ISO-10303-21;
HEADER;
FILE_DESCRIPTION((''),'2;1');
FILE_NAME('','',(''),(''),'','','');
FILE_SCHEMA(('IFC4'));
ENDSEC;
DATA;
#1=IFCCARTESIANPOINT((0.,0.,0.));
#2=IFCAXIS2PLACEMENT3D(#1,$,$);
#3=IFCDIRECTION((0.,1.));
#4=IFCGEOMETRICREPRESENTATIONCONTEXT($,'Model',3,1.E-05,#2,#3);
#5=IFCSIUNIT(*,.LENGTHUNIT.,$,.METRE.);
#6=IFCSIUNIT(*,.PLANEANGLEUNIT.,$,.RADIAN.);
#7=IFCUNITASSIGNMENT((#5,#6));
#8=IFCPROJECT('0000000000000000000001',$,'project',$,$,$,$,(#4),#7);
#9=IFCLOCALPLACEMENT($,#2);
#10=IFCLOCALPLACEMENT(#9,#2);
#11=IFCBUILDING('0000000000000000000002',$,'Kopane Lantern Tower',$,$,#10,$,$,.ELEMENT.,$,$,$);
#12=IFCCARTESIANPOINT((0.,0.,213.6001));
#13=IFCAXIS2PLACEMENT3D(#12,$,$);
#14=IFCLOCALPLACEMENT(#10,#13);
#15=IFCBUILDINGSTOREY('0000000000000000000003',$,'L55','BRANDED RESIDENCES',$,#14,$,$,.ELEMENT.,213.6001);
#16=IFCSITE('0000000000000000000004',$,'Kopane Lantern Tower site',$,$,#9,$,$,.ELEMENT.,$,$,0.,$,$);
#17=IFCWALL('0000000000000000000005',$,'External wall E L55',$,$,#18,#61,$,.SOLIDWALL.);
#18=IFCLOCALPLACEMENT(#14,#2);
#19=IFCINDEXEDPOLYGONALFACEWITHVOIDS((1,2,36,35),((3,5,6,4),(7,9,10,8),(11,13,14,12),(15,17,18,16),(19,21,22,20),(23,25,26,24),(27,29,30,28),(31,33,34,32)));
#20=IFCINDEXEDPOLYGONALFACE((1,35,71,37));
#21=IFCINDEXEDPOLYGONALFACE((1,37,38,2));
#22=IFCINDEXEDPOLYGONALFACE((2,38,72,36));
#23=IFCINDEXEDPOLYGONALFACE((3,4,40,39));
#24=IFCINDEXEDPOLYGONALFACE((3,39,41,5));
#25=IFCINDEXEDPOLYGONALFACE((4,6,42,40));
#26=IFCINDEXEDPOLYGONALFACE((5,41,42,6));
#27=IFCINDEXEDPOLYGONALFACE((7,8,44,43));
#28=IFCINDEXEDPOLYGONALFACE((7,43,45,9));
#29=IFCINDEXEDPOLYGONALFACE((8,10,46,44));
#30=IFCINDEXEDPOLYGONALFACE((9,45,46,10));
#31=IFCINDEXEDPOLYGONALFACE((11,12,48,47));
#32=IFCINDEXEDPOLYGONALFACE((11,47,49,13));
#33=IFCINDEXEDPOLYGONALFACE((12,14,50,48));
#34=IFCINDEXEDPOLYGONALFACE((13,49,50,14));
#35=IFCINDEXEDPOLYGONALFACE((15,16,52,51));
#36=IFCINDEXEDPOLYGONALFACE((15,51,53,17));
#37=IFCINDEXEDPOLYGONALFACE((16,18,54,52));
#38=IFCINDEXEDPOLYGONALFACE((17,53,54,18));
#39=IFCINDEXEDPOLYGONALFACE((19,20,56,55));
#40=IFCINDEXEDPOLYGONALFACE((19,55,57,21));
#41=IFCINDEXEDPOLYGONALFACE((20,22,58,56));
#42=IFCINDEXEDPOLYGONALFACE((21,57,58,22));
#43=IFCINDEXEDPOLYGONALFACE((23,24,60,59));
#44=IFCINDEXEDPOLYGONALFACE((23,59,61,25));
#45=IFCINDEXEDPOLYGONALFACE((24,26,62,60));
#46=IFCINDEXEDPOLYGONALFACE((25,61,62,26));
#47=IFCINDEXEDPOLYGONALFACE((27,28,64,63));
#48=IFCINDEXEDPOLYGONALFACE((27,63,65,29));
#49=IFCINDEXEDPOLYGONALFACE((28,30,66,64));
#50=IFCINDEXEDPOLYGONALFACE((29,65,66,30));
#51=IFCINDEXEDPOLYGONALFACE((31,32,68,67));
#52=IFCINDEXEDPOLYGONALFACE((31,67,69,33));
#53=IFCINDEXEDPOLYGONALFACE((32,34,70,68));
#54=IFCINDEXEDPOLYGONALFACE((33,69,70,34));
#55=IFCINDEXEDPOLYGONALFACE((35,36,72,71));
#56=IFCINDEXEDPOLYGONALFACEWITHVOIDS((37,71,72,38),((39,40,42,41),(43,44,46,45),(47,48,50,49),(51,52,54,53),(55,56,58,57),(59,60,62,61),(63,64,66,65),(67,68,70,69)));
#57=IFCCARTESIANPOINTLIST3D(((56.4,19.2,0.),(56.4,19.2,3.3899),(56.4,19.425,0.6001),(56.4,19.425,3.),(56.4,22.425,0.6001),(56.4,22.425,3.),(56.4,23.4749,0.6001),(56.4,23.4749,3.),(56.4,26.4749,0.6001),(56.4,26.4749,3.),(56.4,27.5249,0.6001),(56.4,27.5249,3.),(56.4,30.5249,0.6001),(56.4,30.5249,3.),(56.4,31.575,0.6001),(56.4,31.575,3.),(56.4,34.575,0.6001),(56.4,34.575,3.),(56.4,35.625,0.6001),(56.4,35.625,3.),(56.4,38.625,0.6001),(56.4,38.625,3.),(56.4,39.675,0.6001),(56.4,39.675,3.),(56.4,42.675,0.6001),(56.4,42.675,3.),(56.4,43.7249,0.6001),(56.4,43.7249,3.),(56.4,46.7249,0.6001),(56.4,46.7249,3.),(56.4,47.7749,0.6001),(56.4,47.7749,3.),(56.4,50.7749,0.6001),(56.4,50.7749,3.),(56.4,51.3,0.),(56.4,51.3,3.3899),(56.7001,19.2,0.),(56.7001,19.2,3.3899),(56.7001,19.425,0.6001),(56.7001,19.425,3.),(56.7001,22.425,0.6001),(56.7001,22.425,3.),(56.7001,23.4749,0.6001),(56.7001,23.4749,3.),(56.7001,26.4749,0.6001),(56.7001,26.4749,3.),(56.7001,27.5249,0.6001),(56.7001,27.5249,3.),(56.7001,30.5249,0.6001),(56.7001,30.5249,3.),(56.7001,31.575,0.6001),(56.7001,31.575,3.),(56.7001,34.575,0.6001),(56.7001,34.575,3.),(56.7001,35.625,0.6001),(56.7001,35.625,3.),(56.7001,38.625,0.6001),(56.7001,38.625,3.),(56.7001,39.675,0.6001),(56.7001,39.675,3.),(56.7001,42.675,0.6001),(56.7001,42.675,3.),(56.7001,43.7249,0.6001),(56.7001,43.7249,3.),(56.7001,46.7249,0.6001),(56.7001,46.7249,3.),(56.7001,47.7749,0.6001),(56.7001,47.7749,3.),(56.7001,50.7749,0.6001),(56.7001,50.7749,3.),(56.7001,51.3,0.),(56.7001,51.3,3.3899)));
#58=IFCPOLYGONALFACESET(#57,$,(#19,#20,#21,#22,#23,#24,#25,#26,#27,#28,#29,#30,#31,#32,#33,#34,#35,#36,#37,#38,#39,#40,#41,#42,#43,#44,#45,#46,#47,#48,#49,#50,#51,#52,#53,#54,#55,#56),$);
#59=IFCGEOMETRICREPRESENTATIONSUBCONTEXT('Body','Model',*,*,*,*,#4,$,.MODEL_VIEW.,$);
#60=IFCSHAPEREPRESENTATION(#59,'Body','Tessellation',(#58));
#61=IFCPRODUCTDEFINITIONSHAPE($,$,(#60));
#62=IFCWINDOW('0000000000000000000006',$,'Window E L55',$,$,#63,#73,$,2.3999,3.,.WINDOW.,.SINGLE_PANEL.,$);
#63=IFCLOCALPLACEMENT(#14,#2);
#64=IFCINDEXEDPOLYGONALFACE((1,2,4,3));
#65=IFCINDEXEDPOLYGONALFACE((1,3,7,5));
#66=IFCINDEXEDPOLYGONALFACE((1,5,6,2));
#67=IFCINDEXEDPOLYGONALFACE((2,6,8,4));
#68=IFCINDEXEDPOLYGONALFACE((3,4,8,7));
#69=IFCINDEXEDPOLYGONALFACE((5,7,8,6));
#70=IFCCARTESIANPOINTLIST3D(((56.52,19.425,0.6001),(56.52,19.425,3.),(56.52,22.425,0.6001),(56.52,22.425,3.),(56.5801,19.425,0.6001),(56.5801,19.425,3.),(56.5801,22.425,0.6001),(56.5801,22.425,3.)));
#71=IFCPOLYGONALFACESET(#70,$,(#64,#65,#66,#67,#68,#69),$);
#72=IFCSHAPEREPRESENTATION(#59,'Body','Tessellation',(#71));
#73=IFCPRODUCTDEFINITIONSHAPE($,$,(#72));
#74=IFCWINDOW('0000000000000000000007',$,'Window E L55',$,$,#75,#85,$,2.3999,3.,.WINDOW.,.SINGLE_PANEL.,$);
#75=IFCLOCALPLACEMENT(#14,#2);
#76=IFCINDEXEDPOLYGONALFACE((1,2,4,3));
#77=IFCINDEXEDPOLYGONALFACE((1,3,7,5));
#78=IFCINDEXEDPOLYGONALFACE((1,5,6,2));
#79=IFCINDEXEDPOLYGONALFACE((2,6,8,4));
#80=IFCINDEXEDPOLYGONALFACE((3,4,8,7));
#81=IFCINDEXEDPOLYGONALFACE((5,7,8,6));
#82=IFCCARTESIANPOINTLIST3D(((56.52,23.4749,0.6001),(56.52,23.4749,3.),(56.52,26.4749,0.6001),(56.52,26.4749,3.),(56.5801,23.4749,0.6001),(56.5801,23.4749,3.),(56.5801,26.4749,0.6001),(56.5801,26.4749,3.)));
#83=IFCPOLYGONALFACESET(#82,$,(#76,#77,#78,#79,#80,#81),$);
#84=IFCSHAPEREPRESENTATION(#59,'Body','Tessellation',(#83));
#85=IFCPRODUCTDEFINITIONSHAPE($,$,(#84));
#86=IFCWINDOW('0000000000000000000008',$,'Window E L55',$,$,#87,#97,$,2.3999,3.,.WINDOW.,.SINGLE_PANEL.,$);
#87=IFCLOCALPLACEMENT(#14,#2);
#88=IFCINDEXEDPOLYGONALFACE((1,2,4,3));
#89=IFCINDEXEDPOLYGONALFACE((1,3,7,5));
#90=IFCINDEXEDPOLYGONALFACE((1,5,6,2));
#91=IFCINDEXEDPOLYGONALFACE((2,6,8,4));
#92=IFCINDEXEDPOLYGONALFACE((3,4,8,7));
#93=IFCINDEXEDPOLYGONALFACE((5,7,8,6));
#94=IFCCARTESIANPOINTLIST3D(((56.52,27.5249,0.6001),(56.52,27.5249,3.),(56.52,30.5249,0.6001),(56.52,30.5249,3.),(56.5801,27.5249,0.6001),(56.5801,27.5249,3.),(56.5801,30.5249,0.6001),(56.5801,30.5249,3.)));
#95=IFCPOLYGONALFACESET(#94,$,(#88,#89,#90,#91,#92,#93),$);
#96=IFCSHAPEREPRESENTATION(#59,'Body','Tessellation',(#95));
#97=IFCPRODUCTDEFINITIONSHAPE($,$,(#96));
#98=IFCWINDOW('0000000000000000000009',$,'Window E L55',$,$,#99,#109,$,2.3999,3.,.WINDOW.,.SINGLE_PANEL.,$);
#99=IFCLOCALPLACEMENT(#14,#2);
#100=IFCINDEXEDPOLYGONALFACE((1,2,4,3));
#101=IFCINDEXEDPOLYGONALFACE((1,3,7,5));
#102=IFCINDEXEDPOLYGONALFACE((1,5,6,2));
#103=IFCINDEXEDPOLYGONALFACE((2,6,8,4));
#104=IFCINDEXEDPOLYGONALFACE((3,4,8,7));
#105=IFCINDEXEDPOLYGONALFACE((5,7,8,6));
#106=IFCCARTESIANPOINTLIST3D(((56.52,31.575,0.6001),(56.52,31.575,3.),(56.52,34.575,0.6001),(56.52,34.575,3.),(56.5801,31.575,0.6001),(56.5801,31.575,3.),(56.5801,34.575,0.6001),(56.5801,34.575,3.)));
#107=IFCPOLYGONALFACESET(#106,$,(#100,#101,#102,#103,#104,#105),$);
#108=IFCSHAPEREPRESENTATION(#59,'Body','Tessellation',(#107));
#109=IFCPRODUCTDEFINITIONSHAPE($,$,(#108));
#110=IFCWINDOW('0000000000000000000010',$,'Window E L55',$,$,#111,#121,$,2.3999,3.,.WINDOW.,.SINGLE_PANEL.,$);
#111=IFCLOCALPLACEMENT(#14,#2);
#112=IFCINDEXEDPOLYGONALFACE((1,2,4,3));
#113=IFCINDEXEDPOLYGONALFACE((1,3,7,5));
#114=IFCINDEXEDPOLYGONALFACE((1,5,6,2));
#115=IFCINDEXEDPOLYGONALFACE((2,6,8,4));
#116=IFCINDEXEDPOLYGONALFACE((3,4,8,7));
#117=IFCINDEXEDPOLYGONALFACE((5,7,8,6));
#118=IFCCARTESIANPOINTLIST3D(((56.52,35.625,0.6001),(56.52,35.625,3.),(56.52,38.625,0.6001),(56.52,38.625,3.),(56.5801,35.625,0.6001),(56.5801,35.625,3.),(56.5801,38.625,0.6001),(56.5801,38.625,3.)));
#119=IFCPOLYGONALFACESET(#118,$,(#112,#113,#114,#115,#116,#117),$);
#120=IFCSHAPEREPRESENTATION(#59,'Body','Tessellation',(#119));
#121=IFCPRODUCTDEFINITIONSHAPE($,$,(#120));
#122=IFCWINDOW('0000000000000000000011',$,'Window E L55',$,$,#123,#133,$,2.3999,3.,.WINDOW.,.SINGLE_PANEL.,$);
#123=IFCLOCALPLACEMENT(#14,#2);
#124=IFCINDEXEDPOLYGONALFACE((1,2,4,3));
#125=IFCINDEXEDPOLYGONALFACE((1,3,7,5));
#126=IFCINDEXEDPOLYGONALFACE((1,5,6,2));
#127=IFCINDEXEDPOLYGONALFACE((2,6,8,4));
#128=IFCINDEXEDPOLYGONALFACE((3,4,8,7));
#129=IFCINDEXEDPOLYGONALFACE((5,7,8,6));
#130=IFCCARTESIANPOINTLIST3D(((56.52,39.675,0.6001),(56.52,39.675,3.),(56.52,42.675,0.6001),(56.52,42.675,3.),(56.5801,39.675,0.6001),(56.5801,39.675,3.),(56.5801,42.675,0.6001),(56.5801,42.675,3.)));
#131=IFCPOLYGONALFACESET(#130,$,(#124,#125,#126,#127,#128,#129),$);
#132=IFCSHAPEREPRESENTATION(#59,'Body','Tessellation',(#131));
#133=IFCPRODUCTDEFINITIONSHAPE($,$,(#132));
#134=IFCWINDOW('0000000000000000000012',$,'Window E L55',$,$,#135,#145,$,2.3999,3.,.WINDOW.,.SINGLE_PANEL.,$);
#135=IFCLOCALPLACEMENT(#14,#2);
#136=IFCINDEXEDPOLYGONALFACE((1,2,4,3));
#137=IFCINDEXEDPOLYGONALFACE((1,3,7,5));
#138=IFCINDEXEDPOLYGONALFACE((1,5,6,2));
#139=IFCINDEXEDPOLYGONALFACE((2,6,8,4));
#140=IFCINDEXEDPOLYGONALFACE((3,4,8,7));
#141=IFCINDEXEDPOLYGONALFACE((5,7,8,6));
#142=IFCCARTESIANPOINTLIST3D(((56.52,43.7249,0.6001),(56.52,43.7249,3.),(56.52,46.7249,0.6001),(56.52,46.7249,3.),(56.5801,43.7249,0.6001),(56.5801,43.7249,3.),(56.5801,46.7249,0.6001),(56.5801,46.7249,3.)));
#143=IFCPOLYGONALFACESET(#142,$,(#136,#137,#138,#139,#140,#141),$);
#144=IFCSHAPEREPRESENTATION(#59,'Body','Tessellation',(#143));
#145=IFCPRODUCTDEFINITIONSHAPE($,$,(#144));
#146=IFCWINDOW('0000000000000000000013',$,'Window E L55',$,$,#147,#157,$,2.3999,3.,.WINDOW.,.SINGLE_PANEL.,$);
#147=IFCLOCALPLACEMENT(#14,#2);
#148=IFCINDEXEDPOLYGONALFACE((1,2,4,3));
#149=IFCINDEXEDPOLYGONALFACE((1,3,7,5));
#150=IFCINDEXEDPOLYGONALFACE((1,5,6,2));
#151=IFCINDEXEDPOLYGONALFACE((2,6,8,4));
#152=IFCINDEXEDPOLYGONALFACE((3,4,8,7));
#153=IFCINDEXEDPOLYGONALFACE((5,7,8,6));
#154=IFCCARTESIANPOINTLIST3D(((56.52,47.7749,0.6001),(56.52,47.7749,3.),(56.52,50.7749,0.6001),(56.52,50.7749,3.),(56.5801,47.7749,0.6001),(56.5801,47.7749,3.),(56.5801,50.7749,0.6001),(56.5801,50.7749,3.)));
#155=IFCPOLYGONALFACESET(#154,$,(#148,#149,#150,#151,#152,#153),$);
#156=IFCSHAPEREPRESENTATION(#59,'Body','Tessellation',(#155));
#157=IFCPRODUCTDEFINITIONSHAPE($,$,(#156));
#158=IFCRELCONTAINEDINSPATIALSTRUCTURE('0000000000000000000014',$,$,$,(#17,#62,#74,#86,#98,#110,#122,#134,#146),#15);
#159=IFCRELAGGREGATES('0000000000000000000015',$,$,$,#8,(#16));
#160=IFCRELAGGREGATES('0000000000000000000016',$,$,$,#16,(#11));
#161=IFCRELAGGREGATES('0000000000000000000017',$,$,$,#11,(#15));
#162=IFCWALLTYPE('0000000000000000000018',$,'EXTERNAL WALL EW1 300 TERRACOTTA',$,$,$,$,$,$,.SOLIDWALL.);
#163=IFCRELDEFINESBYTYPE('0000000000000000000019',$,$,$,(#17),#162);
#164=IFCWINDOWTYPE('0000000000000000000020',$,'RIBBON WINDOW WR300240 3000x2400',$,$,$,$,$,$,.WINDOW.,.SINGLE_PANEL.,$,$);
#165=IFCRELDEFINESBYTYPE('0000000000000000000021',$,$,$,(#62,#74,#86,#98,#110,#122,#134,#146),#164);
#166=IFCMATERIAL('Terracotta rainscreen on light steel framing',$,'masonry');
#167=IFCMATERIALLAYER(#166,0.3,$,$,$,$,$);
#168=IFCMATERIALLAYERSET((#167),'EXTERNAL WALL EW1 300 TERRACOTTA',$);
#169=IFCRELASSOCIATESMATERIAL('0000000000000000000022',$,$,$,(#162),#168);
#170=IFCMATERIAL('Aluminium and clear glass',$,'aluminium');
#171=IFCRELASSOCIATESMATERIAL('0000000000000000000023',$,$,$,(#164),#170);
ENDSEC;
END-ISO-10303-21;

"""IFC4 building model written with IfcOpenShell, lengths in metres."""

from ifc_helpers import new_model, si_unit, direction, frame, frame_2d, origin, place, context, subcontext, project, spatial, rectangle, extrude, material, layer, layer_set, type_object, element, fill, save


model = new_model("IFC4")

# Units and contexts
model_context = context("Model", 3, precision=1e-05, world=origin(), true_north=direction((0.0, 1.0)))
body_context = subcontext(model_context, "Body", "Model", "MODEL_VIEW")
ifc_project = project(units=[si_unit("LENGTHUNIT", "METRE"), si_unit("PLANEANGLEUNIT", "RADIAN")], contexts=[model_context])

# Site, building, storey
site_placement = place(None, origin())
site = spatial("IfcSite", under=ifc_project, at=site_placement, Name="Kopane Lantern Tower site", CompositionType="ELEMENT", RefElevation=0.0)
building_placement = place(site_placement, origin())
building = spatial("IfcBuilding", under=site, at=building_placement, Name="Kopane Lantern Tower", CompositionType="ELEMENT")
storey_placement = place(building_placement, frame((0.0, 0.0, 213.6001)))
storey = spatial("IfcBuildingStorey", under=building, at=storey_placement, Name="L55", Description="BRANDED RESIDENCES", CompositionType="ELEMENT", Elevation=213.6001)

# Shared definitions
ifc_material_1 = material(Name="Terracotta rainscreen on light steel framing", Category="masonry")
ifc_layer_1 = layer(ifc_material_1, 0.3)
ifc_layer_set_1 = layer_set([ifc_layer_1], Name="EXTERNAL WALL EW1 300 TERRACOTTA")
wall_type_1 = type_object("IfcWallType", Name="EXTERNAL WALL EW1 300 TERRACOTTA", PredefinedType="SOLIDWALL", material=ifc_layer_set_1)

# Wall, openings, windows
wall_1_placement = place(storey_placement, frame((56.55, 19.2, 0.0), z_axis=(0.0, 0.0, 1.0), x_axis=(0.0, 1.0, 0.0)))
wall_1 = element("IfcWall", 1, at=wall_1_placement, inside=storey, type_object=wall_type_1, Name="External wall E L55", PredefinedType="SOLIDWALL", context=body_context, shape_type="SweptSolid", body=[
    extrude(rectangle(XDim=32.1001, YDim=0.3, at=frame_2d((16.05, 0.0))), origin(), (0.0, 0.0, 1.0), 3.3899),
])
opening_1_placement = place(wall_1_placement, frame((0.2251, 0.0, 0.6001)))
opening_1 = element("IfcOpeningElement", 2, at=opening_1_placement, cuts=wall_1, PredefinedType="OPENING", context=body_context, shape_type="SweptSolid", body=[
    extrude(rectangle(XDim=3.0, YDim=2.3999, at=frame_2d((1.5, 1.2))), frame((0.0, 0.1599, 0.0), z_axis=(0.0, -1.0, 0.0), x_axis=(1.0, 0.0, 0.0)), (0.0, 0.0, 1.0), 0.3201),
])
opening_2_placement = place(wall_1_placement, frame((4.2749, 0.0, 0.6001)))
opening_2 = element("IfcOpeningElement", 3, at=opening_2_placement, cuts=wall_1, PredefinedType="OPENING", context=body_context, shape_type="SweptSolid", body=[
    extrude(rectangle(XDim=3.0, YDim=2.3999, at=frame_2d((1.5, 1.2))), frame((0.0, 0.1599, 0.0), z_axis=(0.0, -1.0, 0.0), x_axis=(1.0, 0.0, 0.0)), (0.0, 0.0, 1.0), 0.3201),
])
opening_3_placement = place(wall_1_placement, frame((8.325, 0.0, 0.6001)))
opening_3 = element("IfcOpeningElement", 4, at=opening_3_placement, cuts=wall_1, PredefinedType="OPENING", context=body_context, shape_type="SweptSolid", body=[
    extrude(rectangle(XDim=3.0, YDim=2.3999, at=frame_2d((1.5, 1.2))), frame((0.0, 0.1599, 0.0), z_axis=(0.0, -1.0, 0.0), x_axis=(1.0, 0.0, 0.0)), (0.0, 0.0, 1.0), 0.3201),
])
opening_4_placement = place(wall_1_placement, frame((12.375, 0.0, 0.6001)))
opening_4 = element("IfcOpeningElement", 5, at=opening_4_placement, cuts=wall_1, PredefinedType="OPENING", context=body_context, shape_type="SweptSolid", body=[
    extrude(rectangle(XDim=3.0, YDim=2.3999, at=frame_2d((1.5, 1.2))), frame((0.0, 0.1599, 0.0), z_axis=(0.0, -1.0, 0.0), x_axis=(1.0, 0.0, 0.0)), (0.0, 0.0, 1.0), 0.3201),
])
opening_5_placement = place(wall_1_placement, frame((16.425, 0.0, 0.6001)))
opening_5 = element("IfcOpeningElement", 6, at=opening_5_placement, cuts=wall_1, PredefinedType="OPENING", context=body_context, shape_type="SweptSolid", body=[
    extrude(rectangle(XDim=3.0, YDim=2.3999, at=frame_2d((1.5, 1.2))), frame((0.0, 0.1599, 0.0), z_axis=(0.0, -1.0, 0.0), x_axis=(1.0, 0.0, 0.0)), (0.0, 0.0, 1.0), 0.3201),
])
opening_6_placement = place(wall_1_placement, frame((20.4751, 0.0, 0.6001)))
opening_6 = element("IfcOpeningElement", 7, at=opening_6_placement, cuts=wall_1, PredefinedType="OPENING", context=body_context, shape_type="SweptSolid", body=[
    extrude(rectangle(XDim=3.0, YDim=2.3999, at=frame_2d((1.5, 1.2))), frame((0.0, 0.1599, 0.0), z_axis=(0.0, -1.0, 0.0), x_axis=(1.0, 0.0, 0.0)), (0.0, 0.0, 1.0), 0.3201),
])
opening_7_placement = place(wall_1_placement, frame((24.5249, 0.0, 0.6001)))
opening_7 = element("IfcOpeningElement", 8, at=opening_7_placement, cuts=wall_1, PredefinedType="OPENING", context=body_context, shape_type="SweptSolid", body=[
    extrude(rectangle(XDim=3.0, YDim=2.3999, at=frame_2d((1.5, 1.2))), frame((0.0, 0.1599, 0.0), z_axis=(0.0, -1.0, 0.0), x_axis=(1.0, 0.0, 0.0)), (0.0, 0.0, 1.0), 0.3201),
])
opening_8_placement = place(wall_1_placement, frame((28.575, 0.0, 0.6001)))
opening_8 = element("IfcOpeningElement", 9, at=opening_8_placement, cuts=wall_1, PredefinedType="OPENING", context=body_context, shape_type="SweptSolid", body=[
    extrude(rectangle(XDim=3.0, YDim=2.3999, at=frame_2d((1.5, 1.2))), frame((0.0, 0.1599, 0.0), z_axis=(0.0, -1.0, 0.0), x_axis=(1.0, 0.0, 0.0)), (0.0, 0.0, 1.0), 0.3201),
])
ifc_material_2 = material(Name="Aluminium and clear glass", Category="aluminium")
window_type_1 = type_object("IfcWindowType", Name="RIBBON WINDOW WR300240 3000x2400", PartitioningType="SINGLE_PANEL", PredefinedType="WINDOW", material=ifc_material_2)
window_1_placement = place(opening_1_placement, origin())
window_1 = element("IfcWindow", 10, at=window_1_placement, inside=storey, type_object=window_type_1, Name="Window E L55", OverallHeight=2.3999, OverallWidth=3.0, PartitioningType="SINGLE_PANEL", PredefinedType="WINDOW", context=body_context, shape_type="SweptSolid", body=[
    extrude(rectangle(XDim=3.0, YDim=2.3999, at=frame_2d((1.5, 1.2))), frame((0.0, 0.03, 0.0), z_axis=(0.0, -1.0, 0.0), x_axis=(1.0, 0.0, 0.0)), (0.0, 0.0, 1.0), 0.0601),
])
fill(opening_1, window_1)
window_2_placement = place(opening_2_placement, origin())
window_2 = element("IfcWindow", 11, at=window_2_placement, inside=storey, type_object=window_type_1, Name="Window E L55", OverallHeight=2.3999, OverallWidth=3.0, PartitioningType="SINGLE_PANEL", PredefinedType="WINDOW", context=body_context, shape_type="SweptSolid", body=[
    extrude(rectangle(XDim=3.0, YDim=2.3999, at=frame_2d((1.5, 1.2))), frame((0.0, 0.03, 0.0), z_axis=(0.0, -1.0, 0.0), x_axis=(1.0, 0.0, 0.0)), (0.0, 0.0, 1.0), 0.0601),
])
fill(opening_2, window_2)
window_3_placement = place(opening_3_placement, origin())
window_3 = element("IfcWindow", 12, at=window_3_placement, inside=storey, type_object=window_type_1, Name="Window E L55", OverallHeight=2.3999, OverallWidth=3.0, PartitioningType="SINGLE_PANEL", PredefinedType="WINDOW", context=body_context, shape_type="SweptSolid", body=[
    extrude(rectangle(XDim=3.0, YDim=2.3999, at=frame_2d((1.5, 1.2))), frame((0.0, 0.03, 0.0), z_axis=(0.0, -1.0, 0.0), x_axis=(1.0, 0.0, 0.0)), (0.0, 0.0, 1.0), 0.0601),
])
fill(opening_3, window_3)
window_4_placement = place(opening_4_placement, origin())
window_4 = element("IfcWindow", 13, at=window_4_placement, inside=storey, type_object=window_type_1, Name="Window E L55", OverallHeight=2.3999, OverallWidth=3.0, PartitioningType="SINGLE_PANEL", PredefinedType="WINDOW", context=body_context, shape_type="SweptSolid", body=[
    extrude(rectangle(XDim=3.0, YDim=2.3999, at=frame_2d((1.5, 1.2))), frame((0.0, 0.03, 0.0), z_axis=(0.0, -1.0, 0.0), x_axis=(1.0, 0.0, 0.0)), (0.0, 0.0, 1.0), 0.0601),
])
fill(opening_4, window_4)
window_5_placement = place(opening_5_placement, origin())
window_5 = element("IfcWindow", 14, at=window_5_placement, inside=storey, type_object=window_type_1, Name="Window E L55", OverallHeight=2.3999, OverallWidth=3.0, PartitioningType="SINGLE_PANEL", PredefinedType="WINDOW", context=body_context, shape_type="SweptSolid", body=[
    extrude(rectangle(XDim=3.0, YDim=2.3999, at=frame_2d((1.5, 1.2))), frame((0.0, 0.03, 0.0), z_axis=(0.0, -1.0, 0.0), x_axis=(1.0, 0.0, 0.0)), (0.0, 0.0, 1.0), 0.0601),
])
fill(opening_5, window_5)
window_6_placement = place(opening_6_placement, origin())
window_6 = element("IfcWindow", 15, at=window_6_placement, inside=storey, type_object=window_type_1, Name="Window E L55", OverallHeight=2.3999, OverallWidth=3.0, PartitioningType="SINGLE_PANEL", PredefinedType="WINDOW", context=body_context, shape_type="SweptSolid", body=[
    extrude(rectangle(XDim=3.0, YDim=2.3999, at=frame_2d((1.5, 1.2))), frame((0.0, 0.03, 0.0), z_axis=(0.0, -1.0, 0.0), x_axis=(1.0, 0.0, 0.0)), (0.0, 0.0, 1.0), 0.0601),
])
fill(opening_6, window_6)
window_7_placement = place(opening_7_placement, origin())
window_7 = element("IfcWindow", 16, at=window_7_placement, inside=storey, type_object=window_type_1, Name="Window E L55", OverallHeight=2.3999, OverallWidth=3.0, PartitioningType="SINGLE_PANEL", PredefinedType="WINDOW", context=body_context, shape_type="SweptSolid", body=[
    extrude(rectangle(XDim=3.0, YDim=2.3999, at=frame_2d((1.5, 1.2))), frame((0.0, 0.03, 0.0), z_axis=(0.0, -1.0, 0.0), x_axis=(1.0, 0.0, 0.0)), (0.0, 0.0, 1.0), 0.0601),
])
fill(opening_7, window_7)
window_8_placement = place(opening_8_placement, origin())
window_8 = element("IfcWindow", 17, at=window_8_placement, inside=storey, type_object=window_type_1, Name="Window E L55", OverallHeight=2.3999, OverallWidth=3.0, PartitioningType="SINGLE_PANEL", PredefinedType="WINDOW", context=body_context, shape_type="SweptSolid", body=[
    extrude(rectangle(XDim=3.0, YDim=2.3999, at=frame_2d((1.5, 1.2))), frame((0.0, 0.03, 0.0), z_axis=(0.0, -1.0, 0.0), x_axis=(1.0, 0.0, 0.0)), (0.0, 0.0, 1.0), 0.0601),
])
fill(opening_8, window_8)

save(model, "model.ifc")
